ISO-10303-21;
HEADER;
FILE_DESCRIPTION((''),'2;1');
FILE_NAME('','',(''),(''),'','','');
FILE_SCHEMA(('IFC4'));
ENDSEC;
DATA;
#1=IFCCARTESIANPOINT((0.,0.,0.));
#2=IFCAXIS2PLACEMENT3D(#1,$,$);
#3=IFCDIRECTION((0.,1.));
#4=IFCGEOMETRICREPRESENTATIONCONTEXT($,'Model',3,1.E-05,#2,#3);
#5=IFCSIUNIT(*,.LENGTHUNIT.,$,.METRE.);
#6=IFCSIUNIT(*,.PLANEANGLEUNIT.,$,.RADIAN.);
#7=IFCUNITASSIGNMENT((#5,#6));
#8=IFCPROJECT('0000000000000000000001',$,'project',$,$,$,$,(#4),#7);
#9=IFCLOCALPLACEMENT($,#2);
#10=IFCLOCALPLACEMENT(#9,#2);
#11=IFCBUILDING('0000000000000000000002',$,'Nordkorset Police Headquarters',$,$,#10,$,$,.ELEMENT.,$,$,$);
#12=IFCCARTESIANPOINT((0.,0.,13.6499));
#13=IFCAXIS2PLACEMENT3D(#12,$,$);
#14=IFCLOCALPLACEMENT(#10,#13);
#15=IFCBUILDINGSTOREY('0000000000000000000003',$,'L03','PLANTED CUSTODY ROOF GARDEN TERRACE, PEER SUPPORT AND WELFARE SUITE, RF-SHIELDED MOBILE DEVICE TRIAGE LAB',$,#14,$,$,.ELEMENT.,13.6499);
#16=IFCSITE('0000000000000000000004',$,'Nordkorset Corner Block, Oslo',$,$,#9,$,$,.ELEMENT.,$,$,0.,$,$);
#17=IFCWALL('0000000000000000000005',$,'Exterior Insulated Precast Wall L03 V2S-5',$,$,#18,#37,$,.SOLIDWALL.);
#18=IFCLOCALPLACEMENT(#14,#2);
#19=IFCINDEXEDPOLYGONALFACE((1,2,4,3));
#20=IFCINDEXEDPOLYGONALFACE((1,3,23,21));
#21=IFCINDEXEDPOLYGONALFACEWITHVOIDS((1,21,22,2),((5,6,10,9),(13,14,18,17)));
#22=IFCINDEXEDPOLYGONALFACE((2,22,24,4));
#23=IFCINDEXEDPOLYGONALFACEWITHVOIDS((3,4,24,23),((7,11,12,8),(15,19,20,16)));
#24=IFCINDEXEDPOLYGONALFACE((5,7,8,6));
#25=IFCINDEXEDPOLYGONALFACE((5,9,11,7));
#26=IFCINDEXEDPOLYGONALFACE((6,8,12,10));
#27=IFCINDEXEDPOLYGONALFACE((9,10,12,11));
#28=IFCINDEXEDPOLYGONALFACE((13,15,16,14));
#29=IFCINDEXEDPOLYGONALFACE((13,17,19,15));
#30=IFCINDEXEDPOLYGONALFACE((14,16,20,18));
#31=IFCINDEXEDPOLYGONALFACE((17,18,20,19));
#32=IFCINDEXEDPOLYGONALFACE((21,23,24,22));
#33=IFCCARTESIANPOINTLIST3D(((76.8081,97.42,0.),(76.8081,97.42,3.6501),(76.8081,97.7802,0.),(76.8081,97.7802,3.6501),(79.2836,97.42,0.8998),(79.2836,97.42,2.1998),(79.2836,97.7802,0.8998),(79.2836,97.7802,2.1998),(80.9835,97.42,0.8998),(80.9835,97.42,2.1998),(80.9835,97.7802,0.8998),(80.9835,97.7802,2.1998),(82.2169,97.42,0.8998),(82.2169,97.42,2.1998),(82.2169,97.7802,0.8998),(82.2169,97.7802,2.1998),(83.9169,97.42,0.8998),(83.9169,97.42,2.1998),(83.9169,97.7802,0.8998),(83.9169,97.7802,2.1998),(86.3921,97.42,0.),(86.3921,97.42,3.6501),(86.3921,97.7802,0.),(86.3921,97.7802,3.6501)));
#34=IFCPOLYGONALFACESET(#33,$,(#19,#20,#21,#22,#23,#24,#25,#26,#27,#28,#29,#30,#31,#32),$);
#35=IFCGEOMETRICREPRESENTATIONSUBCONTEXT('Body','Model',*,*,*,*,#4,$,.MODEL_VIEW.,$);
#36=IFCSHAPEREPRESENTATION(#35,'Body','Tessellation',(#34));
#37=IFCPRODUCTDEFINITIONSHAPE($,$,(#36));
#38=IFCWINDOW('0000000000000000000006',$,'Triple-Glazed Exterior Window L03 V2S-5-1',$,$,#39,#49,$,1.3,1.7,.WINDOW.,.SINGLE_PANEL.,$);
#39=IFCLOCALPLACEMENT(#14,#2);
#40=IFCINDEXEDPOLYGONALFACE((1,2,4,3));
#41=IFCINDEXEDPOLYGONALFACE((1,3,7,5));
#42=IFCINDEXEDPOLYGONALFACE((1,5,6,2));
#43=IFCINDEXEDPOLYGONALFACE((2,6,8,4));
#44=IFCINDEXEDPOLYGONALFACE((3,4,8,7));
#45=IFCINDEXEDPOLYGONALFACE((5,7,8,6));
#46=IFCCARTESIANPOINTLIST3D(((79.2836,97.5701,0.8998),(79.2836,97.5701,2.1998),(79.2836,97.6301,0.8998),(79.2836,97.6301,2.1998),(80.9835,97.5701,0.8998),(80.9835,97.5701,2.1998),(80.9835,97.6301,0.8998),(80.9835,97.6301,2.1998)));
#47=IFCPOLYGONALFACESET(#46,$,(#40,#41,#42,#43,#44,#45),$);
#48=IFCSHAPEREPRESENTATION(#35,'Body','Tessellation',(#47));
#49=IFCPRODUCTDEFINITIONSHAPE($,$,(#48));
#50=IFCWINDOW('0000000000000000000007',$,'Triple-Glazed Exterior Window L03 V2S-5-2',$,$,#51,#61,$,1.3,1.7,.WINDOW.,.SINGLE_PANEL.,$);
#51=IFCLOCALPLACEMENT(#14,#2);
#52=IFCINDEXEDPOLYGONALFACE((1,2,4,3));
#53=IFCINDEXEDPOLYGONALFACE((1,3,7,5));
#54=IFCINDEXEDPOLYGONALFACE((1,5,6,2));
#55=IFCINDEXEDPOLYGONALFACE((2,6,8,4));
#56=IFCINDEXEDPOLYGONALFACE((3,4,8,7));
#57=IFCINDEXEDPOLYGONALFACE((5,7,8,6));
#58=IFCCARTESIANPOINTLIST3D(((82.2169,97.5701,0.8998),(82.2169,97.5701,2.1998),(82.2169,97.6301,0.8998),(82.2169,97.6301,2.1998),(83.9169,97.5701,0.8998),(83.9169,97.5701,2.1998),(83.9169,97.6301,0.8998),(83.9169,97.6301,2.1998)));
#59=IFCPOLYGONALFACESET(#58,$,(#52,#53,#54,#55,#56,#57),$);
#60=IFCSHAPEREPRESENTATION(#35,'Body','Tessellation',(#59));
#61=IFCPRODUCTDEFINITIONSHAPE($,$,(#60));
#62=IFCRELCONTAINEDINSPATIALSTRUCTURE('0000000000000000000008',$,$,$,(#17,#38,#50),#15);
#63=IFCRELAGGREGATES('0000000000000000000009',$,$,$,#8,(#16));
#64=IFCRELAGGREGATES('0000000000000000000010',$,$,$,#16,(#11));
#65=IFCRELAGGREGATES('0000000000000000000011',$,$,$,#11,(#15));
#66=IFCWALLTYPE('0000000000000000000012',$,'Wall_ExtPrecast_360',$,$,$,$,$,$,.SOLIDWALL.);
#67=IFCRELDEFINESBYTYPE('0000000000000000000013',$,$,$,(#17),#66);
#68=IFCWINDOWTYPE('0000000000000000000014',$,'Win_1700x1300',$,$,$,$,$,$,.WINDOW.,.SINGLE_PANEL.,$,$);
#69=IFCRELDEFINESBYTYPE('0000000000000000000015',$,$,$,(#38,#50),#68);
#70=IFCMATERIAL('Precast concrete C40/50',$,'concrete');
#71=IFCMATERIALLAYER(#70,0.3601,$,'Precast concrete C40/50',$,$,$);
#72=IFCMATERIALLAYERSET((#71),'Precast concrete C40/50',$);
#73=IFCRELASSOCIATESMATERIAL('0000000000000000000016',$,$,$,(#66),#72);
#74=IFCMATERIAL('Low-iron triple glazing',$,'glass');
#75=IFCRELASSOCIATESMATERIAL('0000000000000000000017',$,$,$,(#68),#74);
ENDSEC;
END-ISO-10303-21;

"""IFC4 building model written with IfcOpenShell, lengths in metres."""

from ifc_helpers import new_model, si_unit, direction, frame, frame_2d, origin, place, context, subcontext, project, spatial, rectangle, extrude, material, layer, layer_set, type_object, element, fill, save


model = new_model("IFC4")

# Units and contexts
model_context = context("Model", 3, precision=1e-05, world=origin(), true_north=direction((0.0, 1.0)))
body_context = subcontext(model_context, "Body", "Model", "MODEL_VIEW")
ifc_project = project(units=[si_unit("LENGTHUNIT", "METRE"), si_unit("PLANEANGLEUNIT", "RADIAN")], contexts=[model_context])

# Site, building, storey
site_placement = place(None, origin())
site = spatial("IfcSite", under=ifc_project, at=site_placement, Name="Nordkorset Corner Block, Oslo", CompositionType="ELEMENT", RefElevation=0.0)
building_placement = place(site_placement, origin())
building = spatial("IfcBuilding", under=site, at=building_placement, Name="Nordkorset Police Headquarters", CompositionType="ELEMENT")
storey_placement = place(building_placement, frame((0.0, 0.0, 13.6499)))
storey = spatial("IfcBuildingStorey", under=building, at=storey_placement, Name="L03", Description="PLANTED CUSTODY ROOF GARDEN TERRACE, PEER SUPPORT AND WELFARE SUITE, RF-SHIELDED MOBILE DEVICE TRIAGE LAB", CompositionType="ELEMENT", Elevation=13.6499)

# Wall, openings, windows
ifc_material_1 = material(Name="Precast concrete C40/50", Category="concrete")
ifc_layer_1 = layer(ifc_material_1, 0.3601, Name="Precast concrete C40/50")
ifc_layer_set_1 = layer_set([ifc_layer_1], Name="Precast concrete C40/50")
wall_type = type_object("IfcWallType", Name="Wall_ExtPrecast_360", PredefinedType="SOLIDWALL", material=ifc_layer_set_1)
wall_placement = place(storey_placement, frame((76.8081, 97.6001, 0.0), z_axis=(0.0, 0.0, 1.0), x_axis=(1.0, 0.0, 0.0)))
wall = element("IfcWall", 1, at=wall_placement, inside=storey, type_object=wall_type, Name="Exterior Insulated Precast Wall L03 V2S-5", PredefinedType="SOLIDWALL", context=body_context, shape_type="SweptSolid", body=[
    extrude(rectangle(XDim=9.584, YDim=0.3601, at=frame_2d((4.792, 0.0))), origin(), (0.0, 0.0, 1.0), 3.6501),
])
opening_1_placement = place(wall_placement, frame((2.4753, 0.0, 0.8999)))
opening_1 = element("IfcOpeningElement", 2, at=opening_1_placement, cuts=wall, PredefinedType="OPENING", context=body_context, shape_type="SweptSolid", body=[
    extrude(rectangle(XDim=1.7, YDim=1.3, at=frame_2d((0.8501, 0.6499))), frame((0.0, 0.1899, 0.0), z_axis=(0.0, -1.0, 0.0), x_axis=(1.0, 0.0, 0.0)), (0.0, 0.0, 1.0), 0.3801),
])
opening_2_placement = place(wall_placement, frame((5.4087, 0.0, 0.8999)))
opening_2 = element("IfcOpeningElement", 3, at=opening_2_placement, cuts=wall, PredefinedType="OPENING", context=body_context, shape_type="SweptSolid", body=[
    extrude(rectangle(XDim=1.7, YDim=1.3, at=frame_2d((0.8501, 0.6499))), frame((0.0, 0.1899, 0.0), z_axis=(0.0, -1.0, 0.0), x_axis=(1.0, 0.0, 0.0)), (0.0, 0.0, 1.0), 0.3801),
])
ifc_material_2 = material(Name="Low-iron triple glazing", Category="glass")
window_type = type_object("IfcWindowType", Name="Win_1700x1300", PartitioningType="SINGLE_PANEL", PredefinedType="WINDOW", material=ifc_material_2)
window_1_placement = place(opening_1_placement, origin())
window_1 = element("IfcWindow", 4, at=window_1_placement, inside=storey, type_object=window_type, Name="Triple-Glazed Exterior Window L03 V2S-5-1", OverallHeight=1.3, OverallWidth=1.7, PartitioningType="SINGLE_PANEL", PredefinedType="WINDOW", context=body_context, shape_type="SweptSolid", body=[
    extrude(rectangle(XDim=1.7, YDim=1.3, at=frame_2d((0.8501, 0.6499))), frame((0.0, 0.03, 0.0), z_axis=(0.0, -1.0, 0.0), x_axis=(1.0, 0.0, 0.0)), (0.0, 0.0, 1.0), 0.0601),
])
fill(opening_1, window_1)
window_2_placement = place(opening_2_placement, origin())
window_2 = element("IfcWindow", 5, at=window_2_placement, inside=storey, type_object=window_type, Name="Triple-Glazed Exterior Window L03 V2S-5-2", OverallHeight=1.3, OverallWidth=1.7, PartitioningType="SINGLE_PANEL", PredefinedType="WINDOW", context=body_context, shape_type="SweptSolid", body=[
    extrude(rectangle(XDim=1.7, YDim=1.3, at=frame_2d((0.8501, 0.6499))), frame((0.0, 0.03, 0.0), z_axis=(0.0, -1.0, 0.0), x_axis=(1.0, 0.0, 0.0)), (0.0, 0.0, 1.0), 0.0601),
])
fill(opening_2, window_2)

save(model, "model.ifc")
